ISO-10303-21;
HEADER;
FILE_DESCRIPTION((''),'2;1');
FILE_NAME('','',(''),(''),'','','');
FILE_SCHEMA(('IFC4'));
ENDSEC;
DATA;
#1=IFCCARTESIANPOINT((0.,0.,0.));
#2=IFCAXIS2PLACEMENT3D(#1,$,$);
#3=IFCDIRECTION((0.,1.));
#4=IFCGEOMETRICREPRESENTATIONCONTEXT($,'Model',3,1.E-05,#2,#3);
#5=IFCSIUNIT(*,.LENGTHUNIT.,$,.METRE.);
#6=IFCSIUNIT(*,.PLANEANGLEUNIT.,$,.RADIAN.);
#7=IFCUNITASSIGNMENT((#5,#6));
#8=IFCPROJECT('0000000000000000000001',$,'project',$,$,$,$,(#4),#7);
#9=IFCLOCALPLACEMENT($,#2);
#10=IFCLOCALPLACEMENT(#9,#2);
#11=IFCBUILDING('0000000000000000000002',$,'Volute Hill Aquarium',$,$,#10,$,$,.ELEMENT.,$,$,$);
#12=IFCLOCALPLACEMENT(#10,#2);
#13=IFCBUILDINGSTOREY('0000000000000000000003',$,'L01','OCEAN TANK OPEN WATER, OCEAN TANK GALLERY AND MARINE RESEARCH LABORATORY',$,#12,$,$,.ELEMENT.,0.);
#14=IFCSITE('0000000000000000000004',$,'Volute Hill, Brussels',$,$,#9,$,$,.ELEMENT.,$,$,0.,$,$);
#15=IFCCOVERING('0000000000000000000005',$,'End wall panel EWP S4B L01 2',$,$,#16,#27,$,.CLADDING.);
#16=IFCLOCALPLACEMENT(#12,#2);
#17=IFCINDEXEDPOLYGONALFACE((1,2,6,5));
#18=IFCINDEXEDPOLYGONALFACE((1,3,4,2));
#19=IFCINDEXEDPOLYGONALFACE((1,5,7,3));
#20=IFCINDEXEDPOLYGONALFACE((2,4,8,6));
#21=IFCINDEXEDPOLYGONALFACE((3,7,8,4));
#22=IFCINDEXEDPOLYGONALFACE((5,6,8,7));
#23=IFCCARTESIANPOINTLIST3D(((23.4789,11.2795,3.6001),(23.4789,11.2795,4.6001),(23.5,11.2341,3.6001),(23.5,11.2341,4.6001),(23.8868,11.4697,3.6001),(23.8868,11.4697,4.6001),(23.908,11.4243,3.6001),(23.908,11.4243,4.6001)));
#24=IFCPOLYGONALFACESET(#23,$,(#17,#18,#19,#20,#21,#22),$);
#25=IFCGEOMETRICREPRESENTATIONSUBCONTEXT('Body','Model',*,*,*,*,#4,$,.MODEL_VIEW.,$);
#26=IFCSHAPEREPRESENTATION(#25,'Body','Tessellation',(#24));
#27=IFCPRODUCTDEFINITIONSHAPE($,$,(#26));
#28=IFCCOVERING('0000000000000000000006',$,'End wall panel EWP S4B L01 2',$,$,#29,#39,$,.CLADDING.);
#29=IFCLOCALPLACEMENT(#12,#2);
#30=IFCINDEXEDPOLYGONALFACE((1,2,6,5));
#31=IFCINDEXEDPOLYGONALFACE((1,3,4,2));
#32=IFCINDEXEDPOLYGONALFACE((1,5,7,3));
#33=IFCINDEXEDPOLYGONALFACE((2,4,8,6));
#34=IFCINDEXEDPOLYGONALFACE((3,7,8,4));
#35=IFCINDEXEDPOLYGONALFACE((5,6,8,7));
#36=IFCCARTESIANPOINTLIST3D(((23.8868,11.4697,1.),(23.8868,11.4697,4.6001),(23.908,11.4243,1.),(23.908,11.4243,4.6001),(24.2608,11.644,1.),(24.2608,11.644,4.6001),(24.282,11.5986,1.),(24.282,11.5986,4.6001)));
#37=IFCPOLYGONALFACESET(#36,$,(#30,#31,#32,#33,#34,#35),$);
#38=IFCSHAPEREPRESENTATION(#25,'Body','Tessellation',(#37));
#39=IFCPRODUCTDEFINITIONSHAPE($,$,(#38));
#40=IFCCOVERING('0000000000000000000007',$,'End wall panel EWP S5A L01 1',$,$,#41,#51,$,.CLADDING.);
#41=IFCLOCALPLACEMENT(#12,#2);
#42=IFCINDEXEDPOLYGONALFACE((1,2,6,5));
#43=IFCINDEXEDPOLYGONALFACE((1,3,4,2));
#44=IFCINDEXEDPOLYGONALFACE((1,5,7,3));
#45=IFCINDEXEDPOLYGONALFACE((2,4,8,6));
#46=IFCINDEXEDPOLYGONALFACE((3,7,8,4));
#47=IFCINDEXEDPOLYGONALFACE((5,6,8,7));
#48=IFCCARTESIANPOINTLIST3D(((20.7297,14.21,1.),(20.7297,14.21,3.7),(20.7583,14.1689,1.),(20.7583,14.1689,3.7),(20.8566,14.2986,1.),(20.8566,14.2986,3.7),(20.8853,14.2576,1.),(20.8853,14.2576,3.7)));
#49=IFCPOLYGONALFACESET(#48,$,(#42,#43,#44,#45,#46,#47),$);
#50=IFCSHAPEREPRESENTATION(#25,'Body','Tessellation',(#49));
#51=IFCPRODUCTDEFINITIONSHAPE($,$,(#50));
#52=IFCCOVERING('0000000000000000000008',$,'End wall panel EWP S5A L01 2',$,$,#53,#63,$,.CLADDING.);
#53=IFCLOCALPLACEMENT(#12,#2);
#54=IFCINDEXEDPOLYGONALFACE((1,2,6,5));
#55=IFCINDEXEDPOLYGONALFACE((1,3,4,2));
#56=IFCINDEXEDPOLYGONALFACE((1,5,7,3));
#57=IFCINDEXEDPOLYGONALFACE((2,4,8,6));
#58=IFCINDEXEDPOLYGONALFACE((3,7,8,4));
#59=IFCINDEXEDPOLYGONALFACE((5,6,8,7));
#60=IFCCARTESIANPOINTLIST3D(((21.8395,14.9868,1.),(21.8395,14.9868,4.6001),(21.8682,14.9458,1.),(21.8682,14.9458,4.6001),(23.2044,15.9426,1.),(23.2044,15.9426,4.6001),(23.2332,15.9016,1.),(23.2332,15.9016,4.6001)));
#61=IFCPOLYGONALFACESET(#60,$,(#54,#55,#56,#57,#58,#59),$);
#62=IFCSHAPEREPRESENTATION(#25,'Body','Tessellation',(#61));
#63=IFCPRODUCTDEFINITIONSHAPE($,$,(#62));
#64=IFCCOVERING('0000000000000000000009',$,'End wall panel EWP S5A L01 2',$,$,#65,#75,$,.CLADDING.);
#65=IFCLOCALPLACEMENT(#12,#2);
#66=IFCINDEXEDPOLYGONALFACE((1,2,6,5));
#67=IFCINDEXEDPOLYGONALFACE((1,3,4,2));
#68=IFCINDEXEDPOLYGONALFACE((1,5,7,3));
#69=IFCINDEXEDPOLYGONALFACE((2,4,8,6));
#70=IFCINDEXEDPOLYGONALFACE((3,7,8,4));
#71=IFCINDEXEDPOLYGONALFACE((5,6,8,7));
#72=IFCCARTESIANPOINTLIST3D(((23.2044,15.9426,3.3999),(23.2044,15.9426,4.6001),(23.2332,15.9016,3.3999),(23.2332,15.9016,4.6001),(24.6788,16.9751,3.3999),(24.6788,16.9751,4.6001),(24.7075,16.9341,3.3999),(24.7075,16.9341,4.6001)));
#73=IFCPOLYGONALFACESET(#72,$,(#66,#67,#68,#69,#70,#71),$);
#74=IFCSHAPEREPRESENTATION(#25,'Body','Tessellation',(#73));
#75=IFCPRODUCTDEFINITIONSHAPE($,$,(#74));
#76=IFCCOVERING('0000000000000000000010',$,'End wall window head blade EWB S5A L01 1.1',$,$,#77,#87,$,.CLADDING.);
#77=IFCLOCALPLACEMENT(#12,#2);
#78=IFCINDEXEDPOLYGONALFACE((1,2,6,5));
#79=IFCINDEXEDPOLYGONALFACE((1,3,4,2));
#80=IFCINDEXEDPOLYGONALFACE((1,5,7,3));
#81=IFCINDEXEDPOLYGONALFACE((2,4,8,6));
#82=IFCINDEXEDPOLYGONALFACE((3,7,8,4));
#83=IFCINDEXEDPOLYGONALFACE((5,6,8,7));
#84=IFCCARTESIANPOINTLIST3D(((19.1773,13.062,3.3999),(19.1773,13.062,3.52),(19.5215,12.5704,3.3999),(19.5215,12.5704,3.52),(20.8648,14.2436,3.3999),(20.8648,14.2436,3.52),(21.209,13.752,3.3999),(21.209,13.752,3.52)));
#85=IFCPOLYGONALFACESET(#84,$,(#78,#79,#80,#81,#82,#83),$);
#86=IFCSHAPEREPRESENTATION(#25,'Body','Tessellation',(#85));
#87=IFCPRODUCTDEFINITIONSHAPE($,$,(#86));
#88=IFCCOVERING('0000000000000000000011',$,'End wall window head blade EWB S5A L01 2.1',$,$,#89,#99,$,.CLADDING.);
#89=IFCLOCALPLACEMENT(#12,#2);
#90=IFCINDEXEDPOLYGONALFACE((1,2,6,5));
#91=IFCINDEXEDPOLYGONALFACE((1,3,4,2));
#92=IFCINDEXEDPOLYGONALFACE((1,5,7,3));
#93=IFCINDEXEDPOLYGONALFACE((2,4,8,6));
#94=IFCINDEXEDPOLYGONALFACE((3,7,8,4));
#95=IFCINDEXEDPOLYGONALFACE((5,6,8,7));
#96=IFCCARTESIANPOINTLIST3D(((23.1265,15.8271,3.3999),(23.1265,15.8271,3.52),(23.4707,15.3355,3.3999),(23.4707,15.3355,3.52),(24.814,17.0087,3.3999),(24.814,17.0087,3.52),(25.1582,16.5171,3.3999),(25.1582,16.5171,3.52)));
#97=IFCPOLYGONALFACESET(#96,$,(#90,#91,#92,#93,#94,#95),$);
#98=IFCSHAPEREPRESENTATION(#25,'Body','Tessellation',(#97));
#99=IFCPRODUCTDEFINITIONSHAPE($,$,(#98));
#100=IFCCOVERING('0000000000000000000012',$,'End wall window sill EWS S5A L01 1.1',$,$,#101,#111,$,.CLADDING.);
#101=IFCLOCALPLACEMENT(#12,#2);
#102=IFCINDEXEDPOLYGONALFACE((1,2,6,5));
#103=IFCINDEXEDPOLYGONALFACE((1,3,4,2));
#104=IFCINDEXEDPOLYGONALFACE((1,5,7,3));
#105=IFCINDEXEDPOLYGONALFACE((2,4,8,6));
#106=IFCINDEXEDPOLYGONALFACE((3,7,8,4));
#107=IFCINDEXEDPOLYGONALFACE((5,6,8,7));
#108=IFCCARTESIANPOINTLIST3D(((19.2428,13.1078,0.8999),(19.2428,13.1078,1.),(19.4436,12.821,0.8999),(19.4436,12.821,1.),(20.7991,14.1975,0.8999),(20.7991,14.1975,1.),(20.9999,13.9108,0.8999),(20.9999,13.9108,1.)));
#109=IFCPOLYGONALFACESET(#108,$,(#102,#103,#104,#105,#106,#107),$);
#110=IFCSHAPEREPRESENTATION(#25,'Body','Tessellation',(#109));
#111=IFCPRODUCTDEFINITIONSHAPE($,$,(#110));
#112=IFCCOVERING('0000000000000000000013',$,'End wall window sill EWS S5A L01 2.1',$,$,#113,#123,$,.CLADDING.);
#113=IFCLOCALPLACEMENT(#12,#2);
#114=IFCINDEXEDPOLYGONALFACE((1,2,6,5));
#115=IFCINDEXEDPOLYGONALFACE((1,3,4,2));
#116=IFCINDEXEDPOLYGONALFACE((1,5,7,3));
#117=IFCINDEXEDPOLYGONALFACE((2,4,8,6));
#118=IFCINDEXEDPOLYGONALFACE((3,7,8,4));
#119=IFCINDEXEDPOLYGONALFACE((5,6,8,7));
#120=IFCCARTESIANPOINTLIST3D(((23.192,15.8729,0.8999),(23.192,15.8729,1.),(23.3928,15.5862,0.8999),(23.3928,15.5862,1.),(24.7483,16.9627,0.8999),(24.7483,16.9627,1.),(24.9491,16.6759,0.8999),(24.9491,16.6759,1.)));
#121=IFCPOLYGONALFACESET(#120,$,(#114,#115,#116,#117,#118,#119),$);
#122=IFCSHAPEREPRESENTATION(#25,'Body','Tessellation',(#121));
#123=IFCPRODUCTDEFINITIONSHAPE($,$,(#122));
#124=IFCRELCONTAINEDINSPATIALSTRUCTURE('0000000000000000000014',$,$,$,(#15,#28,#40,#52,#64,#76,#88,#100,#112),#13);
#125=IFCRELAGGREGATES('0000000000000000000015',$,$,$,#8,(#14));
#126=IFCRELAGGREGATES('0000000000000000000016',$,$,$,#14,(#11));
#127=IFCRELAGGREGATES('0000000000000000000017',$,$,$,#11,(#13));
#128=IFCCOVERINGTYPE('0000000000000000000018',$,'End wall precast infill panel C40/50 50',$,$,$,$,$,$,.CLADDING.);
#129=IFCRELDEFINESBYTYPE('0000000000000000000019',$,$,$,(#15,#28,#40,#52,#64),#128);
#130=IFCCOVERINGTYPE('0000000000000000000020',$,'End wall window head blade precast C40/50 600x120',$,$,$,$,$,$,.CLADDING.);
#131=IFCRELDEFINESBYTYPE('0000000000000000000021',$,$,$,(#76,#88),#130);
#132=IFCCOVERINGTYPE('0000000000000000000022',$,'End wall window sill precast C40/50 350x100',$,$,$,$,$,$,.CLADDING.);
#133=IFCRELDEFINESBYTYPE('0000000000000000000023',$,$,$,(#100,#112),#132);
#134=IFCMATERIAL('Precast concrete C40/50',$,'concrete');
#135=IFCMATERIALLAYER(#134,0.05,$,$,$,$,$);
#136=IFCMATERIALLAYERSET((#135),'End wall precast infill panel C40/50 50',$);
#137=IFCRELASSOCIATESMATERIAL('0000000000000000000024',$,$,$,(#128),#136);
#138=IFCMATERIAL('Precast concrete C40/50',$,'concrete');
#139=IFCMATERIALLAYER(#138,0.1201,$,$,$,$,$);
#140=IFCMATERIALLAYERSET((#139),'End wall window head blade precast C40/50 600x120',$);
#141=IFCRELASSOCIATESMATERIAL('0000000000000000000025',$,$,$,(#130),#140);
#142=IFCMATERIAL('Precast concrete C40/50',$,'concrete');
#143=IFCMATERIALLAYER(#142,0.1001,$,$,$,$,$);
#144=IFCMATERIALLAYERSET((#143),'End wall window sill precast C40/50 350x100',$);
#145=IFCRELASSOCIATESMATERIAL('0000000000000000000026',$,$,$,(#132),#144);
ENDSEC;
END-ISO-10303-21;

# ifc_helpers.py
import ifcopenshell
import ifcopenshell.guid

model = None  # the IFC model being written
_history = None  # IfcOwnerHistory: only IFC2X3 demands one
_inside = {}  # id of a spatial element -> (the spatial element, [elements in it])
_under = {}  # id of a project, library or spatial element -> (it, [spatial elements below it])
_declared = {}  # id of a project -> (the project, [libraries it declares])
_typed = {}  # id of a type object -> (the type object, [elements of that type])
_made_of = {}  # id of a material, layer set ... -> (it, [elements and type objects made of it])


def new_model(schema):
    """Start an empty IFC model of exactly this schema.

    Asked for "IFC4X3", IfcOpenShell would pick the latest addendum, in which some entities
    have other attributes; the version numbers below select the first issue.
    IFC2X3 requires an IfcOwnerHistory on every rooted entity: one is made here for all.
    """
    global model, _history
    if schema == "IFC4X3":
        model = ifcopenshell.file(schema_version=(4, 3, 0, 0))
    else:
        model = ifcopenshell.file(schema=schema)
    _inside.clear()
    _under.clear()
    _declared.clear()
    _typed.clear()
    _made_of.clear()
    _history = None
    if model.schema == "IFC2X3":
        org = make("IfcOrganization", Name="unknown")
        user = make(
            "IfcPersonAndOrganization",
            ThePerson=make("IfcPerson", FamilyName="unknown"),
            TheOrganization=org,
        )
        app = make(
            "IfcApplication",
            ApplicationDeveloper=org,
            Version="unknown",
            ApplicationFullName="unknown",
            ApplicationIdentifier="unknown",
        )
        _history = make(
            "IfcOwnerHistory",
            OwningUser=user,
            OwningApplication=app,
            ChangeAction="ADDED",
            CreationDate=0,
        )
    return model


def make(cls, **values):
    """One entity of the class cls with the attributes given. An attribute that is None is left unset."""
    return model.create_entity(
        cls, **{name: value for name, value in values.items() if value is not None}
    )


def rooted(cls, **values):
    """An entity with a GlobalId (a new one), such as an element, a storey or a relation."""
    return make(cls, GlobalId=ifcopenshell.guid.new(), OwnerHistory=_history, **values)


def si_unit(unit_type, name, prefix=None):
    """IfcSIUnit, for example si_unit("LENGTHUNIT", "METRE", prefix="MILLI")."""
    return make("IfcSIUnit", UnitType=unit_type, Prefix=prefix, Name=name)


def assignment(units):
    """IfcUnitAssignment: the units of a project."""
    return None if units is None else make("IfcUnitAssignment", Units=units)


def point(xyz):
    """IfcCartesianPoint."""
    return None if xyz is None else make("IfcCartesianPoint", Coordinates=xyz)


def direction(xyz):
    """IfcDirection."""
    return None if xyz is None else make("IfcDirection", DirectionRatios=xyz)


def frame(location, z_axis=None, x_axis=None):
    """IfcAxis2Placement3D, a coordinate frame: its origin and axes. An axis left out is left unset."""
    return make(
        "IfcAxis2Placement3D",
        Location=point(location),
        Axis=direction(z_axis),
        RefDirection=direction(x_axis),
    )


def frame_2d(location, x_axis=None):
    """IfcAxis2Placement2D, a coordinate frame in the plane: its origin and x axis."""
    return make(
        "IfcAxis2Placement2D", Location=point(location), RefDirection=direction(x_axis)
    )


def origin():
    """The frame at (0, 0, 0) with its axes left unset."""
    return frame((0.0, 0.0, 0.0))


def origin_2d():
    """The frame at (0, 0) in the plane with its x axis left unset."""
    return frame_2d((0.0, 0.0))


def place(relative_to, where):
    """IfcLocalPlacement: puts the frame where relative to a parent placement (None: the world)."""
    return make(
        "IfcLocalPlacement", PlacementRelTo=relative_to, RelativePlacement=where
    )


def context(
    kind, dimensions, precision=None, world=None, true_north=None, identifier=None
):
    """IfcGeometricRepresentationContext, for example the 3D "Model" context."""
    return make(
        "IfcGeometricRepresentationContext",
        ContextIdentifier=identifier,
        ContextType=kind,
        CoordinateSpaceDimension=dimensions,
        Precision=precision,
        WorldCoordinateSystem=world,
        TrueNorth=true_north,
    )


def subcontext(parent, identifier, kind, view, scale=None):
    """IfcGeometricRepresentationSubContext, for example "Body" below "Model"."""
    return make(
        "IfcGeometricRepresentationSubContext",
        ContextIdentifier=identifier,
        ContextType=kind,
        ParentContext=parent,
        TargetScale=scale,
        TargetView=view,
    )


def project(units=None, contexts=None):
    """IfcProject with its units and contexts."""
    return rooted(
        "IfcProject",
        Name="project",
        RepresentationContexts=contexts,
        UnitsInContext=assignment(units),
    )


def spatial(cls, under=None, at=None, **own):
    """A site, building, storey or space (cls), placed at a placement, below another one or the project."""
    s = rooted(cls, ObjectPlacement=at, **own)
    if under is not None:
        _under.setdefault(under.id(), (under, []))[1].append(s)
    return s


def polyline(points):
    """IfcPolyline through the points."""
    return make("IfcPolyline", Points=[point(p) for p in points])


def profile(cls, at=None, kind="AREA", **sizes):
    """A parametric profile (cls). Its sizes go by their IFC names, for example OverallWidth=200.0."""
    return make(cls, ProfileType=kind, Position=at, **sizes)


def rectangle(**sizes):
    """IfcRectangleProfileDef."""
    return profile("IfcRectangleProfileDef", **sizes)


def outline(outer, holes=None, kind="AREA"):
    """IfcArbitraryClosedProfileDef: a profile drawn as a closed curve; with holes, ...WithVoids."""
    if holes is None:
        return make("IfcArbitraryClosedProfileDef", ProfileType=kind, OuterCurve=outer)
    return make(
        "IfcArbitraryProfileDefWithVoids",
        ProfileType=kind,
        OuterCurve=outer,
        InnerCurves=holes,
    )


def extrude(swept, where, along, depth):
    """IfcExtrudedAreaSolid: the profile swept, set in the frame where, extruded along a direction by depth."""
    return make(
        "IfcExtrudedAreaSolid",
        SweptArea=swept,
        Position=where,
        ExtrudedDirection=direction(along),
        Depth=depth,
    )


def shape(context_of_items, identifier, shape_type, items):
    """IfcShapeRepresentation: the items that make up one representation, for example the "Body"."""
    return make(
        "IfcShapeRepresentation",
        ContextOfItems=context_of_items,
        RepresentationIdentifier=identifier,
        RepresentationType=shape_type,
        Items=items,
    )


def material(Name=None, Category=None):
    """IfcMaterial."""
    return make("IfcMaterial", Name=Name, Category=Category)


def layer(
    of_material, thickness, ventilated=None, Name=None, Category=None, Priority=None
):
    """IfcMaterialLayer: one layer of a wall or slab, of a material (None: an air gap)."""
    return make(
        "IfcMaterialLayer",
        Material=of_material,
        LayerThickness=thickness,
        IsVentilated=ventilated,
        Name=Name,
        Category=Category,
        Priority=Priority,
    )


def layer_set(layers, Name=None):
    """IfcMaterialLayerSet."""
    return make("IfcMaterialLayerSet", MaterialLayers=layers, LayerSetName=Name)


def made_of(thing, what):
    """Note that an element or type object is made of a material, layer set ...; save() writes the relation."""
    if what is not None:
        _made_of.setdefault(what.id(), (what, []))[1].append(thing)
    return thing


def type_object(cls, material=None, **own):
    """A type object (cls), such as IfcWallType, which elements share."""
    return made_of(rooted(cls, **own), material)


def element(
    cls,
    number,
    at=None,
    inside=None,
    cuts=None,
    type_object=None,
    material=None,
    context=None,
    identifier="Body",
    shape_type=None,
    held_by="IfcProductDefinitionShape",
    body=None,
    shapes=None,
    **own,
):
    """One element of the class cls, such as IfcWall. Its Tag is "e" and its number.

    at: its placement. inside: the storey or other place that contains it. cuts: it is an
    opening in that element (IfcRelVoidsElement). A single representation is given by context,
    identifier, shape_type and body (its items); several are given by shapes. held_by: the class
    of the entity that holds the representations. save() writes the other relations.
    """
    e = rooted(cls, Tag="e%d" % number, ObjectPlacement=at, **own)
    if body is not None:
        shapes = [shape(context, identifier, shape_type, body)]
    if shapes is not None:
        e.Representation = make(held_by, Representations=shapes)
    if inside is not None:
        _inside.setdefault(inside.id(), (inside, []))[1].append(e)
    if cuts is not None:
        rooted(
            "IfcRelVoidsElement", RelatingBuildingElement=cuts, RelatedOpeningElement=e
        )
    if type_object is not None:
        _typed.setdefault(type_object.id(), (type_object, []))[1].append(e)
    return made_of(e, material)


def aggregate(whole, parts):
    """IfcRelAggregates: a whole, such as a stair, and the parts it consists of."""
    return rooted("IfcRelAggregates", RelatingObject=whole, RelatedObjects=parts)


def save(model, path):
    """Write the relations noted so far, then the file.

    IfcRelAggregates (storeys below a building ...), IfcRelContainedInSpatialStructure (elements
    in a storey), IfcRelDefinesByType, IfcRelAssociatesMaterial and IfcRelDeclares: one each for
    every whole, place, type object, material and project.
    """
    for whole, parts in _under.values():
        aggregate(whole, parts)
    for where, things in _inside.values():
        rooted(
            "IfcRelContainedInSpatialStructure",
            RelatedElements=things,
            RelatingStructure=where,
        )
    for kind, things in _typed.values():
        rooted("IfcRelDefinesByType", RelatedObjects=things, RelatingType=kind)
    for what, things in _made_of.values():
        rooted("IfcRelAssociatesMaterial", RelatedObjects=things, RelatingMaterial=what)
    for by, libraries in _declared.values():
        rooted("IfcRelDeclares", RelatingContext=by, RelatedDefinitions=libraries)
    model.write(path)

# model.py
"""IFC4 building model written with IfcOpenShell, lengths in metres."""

from ifc_helpers import new_model, si_unit, direction, frame, origin, origin_2d, place, context, subcontext, project, spatial, polyline, rectangle, outline, extrude, material, layer, layer_set, type_object, element, save


model = new_model("IFC4")

# Units and contexts
model_context = context("Model", 3, precision=1e-05, world=origin(), true_north=direction((0.0, 1.0)))
body_context = subcontext(model_context, "Body", "Model", "MODEL_VIEW")
ifc_project = project(units=[si_unit("LENGTHUNIT", "METRE"), si_unit("PLANEANGLEUNIT", "RADIAN")], contexts=[model_context])

# Site, building, storey
site_placement = place(None, origin())
site = spatial("IfcSite", under=ifc_project, at=site_placement, Name="Volute Hill, Brussels", CompositionType="ELEMENT", RefElevation=0.0)
building_placement = place(site_placement, origin())
building = spatial("IfcBuilding", under=site, at=building_placement, Name="Volute Hill Aquarium", CompositionType="ELEMENT")
storey_placement = place(building_placement, origin())
storey = spatial("IfcBuildingStorey", under=building, at=storey_placement, Name="L01", Description="OCEAN TANK OPEN WATER, OCEAN TANK GALLERY AND MARINE RESEARCH LABORATORY", CompositionType="ELEMENT", Elevation=0.0)

# Coverings
ifc_material_1 = material(Name="Precast concrete C40/50", Category="concrete")
ifc_layer_1 = layer(ifc_material_1, 0.05)
ifc_layer_set_1 = layer_set([ifc_layer_1], Name="End wall precast infill panel C40/50 50")
covering_type_1 = type_object("IfcCoveringType", Name="End wall precast infill panel C40/50 50", PredefinedType="CLADDING", material=ifc_layer_set_1)
covering_1_placement = place(storey_placement, frame((23.5, 11.2341, 3.6001), z_axis=(0.422529, -0.906349, 0.0), x_axis=(0.906349, 0.422529, 0.0)))
element("IfcCovering", 1, at=covering_1_placement, inside=storey, type_object=covering_type_1, Name="End wall panel EWP S4B L01 2", PredefinedType="CLADDING", context=body_context, shape_type="SweptSolid", body=[
    extrude(outline(polyline([(0.0, 0.0), (0.4501, 0.0), (0.4501, 1.0), (0.0, 1.0), (0.0, 0.0)])), origin(), (0.0, 0.0, -1.0), 0.05),
])
covering_2_placement = place(storey_placement, frame((23.908, 11.4243, 1.0), z_axis=(0.422432, -0.906395, 0.0), x_axis=(0.906395, 0.422432, 0.0)))
element("IfcCovering", 2, at=covering_2_placement, inside=storey, type_object=covering_type_1, Name="End wall panel EWP S4B L01 2", PredefinedType="CLADDING", context=body_context, shape_type="SweptSolid", body=[
    extrude(outline(polyline([(0.0, 0.0), (0.4126, 0.0), (0.4126, 3.6001), (0.0, 3.6001), (0.0, 0.0)])), origin(), (0.0, 0.0, -1.0), 0.05),
])
covering_3_placement = place(storey_placement, frame((20.7583, 14.1689, 1.0), z_axis=(0.572404, -0.819972, 0.0), x_axis=(0.819972, 0.572404, 0.0)))
element("IfcCovering", 3, at=covering_3_placement, inside=storey, type_object=covering_type_1, Name="End wall panel EWP S5A L01 1", PredefinedType="CLADDING", context=body_context, shape_type="SweptSolid", body=[
    extrude(outline(polyline([(0.0, 0.0), (0.1548, 0.0), (0.1548, 2.7), (0.0, 2.7), (0.0, 0.0)])), origin(), (0.0, 0.0, -1.0), 0.05),
])
covering_4_placement = place(storey_placement, frame((21.8682, 14.9458, 1.0), z_axis=(0.57359, -0.819142, 0.0), x_axis=(0.819142, 0.57359, 0.0)))
element("IfcCovering", 4, at=covering_4_placement, inside=storey, type_object=covering_type_1, Name="End wall panel EWP S5A L01 2", PredefinedType="CLADDING", context=body_context, shape_type="SweptSolid", body=[
    extrude(outline(polyline([(0.0, 0.0), (1.6664, 0.0), (1.6664, 3.6001), (0.0, 3.6001), (0.0, 0.0)])), origin(), (0.0, 0.0, -1.0), 0.05),
])
covering_5_placement = place(storey_placement, frame((23.2332, 15.9016, 3.3999), z_axis=(0.573617, -0.819124, 0.0), x_axis=(0.819124, 0.573617, 0.0)))
element("IfcCovering", 5, at=covering_5_placement, inside=storey, type_object=covering_type_1, Name="End wall panel EWP S5A L01 2", PredefinedType="CLADDING", context=body_context, shape_type="SweptSolid", body=[
    extrude(outline(polyline([(0.0, 0.0), (1.7999, 0.0), (1.7999, 1.2002), (0.0, 1.2002), (0.0, 0.0)])), origin(), (0.0, 0.0, -1.0), 0.05),
])
ifc_material_2 = material(Name="Precast concrete C40/50", Category="concrete")
ifc_layer_2 = layer(ifc_material_2, 0.1201)
ifc_layer_set_2 = layer_set([ifc_layer_2], Name="End wall window head blade precast C40/50 600x120")
covering_type_2 = type_object("IfcCoveringType", Name="End wall window head blade precast C40/50 600x120", PredefinedType="CLADDING", material=ifc_layer_set_2)
for number, where, z_axis, x_axis, name in (
    (6, (20.1931, 13.407, 3.3999), (0.0, 0.0, 1.0), (0.819152, 0.573576, 0.0), "End wall window head blade EWB S5A L01 1.1"),
    (7, (24.1423, 16.1721, 3.3999), (0.0, 0.0, 1.0), (0.819152, 0.573576, 0.0), "End wall window head blade EWB S5A L01 2.1"),
):
    element("IfcCovering", number, at=place(storey_placement, frame(where, z_axis=z_axis, x_axis=x_axis)), inside=storey, type_object=covering_type_2, Name=name, PredefinedType="CLADDING", context=body_context, shape_type="SweptSolid", body=[
        extrude(rectangle(XDim=2.0601, YDim=0.6001, at=origin_2d()), origin(), (0.0, 0.0, 1.0), 0.1201),
    ])
ifc_material_3 = material(Name="Precast concrete C40/50", Category="concrete")
ifc_layer_3 = layer(ifc_material_3, 0.1001)
ifc_layer_set_3 = layer_set([ifc_layer_3], Name="End wall window sill precast C40/50 350x100")
covering_type_3 = type_object("IfcCoveringType", Name="End wall window sill precast C40/50 350x100", PredefinedType="CLADDING", material=ifc_layer_set_3)
for number, where, z_axis, x_axis, name in (
    (8, (20.1213, 13.5093, 0.8999), (0.0, 0.0, 1.0), (0.819152, 0.573576, 0.0), "End wall window sill EWS S5A L01 1.1"),
    (9, (24.0706, 16.2744, 0.8999), (0.0, 0.0, 1.0), (0.819152, 0.573576, 0.0), "End wall window sill EWS S5A L01 2.1"),
):
    element("IfcCovering", number, at=place(storey_placement, frame(where, z_axis=z_axis, x_axis=x_axis)), inside=storey, type_object=covering_type_3, Name=name, PredefinedType="CLADDING", context=body_context, shape_type="SweptSolid", body=[
        extrude(rectangle(XDim=1.8999, YDim=0.3501, at=origin_2d()), origin(), (0.0, 0.0, 1.0), 0.1001),
    ])

save(model, "model.ifc")
